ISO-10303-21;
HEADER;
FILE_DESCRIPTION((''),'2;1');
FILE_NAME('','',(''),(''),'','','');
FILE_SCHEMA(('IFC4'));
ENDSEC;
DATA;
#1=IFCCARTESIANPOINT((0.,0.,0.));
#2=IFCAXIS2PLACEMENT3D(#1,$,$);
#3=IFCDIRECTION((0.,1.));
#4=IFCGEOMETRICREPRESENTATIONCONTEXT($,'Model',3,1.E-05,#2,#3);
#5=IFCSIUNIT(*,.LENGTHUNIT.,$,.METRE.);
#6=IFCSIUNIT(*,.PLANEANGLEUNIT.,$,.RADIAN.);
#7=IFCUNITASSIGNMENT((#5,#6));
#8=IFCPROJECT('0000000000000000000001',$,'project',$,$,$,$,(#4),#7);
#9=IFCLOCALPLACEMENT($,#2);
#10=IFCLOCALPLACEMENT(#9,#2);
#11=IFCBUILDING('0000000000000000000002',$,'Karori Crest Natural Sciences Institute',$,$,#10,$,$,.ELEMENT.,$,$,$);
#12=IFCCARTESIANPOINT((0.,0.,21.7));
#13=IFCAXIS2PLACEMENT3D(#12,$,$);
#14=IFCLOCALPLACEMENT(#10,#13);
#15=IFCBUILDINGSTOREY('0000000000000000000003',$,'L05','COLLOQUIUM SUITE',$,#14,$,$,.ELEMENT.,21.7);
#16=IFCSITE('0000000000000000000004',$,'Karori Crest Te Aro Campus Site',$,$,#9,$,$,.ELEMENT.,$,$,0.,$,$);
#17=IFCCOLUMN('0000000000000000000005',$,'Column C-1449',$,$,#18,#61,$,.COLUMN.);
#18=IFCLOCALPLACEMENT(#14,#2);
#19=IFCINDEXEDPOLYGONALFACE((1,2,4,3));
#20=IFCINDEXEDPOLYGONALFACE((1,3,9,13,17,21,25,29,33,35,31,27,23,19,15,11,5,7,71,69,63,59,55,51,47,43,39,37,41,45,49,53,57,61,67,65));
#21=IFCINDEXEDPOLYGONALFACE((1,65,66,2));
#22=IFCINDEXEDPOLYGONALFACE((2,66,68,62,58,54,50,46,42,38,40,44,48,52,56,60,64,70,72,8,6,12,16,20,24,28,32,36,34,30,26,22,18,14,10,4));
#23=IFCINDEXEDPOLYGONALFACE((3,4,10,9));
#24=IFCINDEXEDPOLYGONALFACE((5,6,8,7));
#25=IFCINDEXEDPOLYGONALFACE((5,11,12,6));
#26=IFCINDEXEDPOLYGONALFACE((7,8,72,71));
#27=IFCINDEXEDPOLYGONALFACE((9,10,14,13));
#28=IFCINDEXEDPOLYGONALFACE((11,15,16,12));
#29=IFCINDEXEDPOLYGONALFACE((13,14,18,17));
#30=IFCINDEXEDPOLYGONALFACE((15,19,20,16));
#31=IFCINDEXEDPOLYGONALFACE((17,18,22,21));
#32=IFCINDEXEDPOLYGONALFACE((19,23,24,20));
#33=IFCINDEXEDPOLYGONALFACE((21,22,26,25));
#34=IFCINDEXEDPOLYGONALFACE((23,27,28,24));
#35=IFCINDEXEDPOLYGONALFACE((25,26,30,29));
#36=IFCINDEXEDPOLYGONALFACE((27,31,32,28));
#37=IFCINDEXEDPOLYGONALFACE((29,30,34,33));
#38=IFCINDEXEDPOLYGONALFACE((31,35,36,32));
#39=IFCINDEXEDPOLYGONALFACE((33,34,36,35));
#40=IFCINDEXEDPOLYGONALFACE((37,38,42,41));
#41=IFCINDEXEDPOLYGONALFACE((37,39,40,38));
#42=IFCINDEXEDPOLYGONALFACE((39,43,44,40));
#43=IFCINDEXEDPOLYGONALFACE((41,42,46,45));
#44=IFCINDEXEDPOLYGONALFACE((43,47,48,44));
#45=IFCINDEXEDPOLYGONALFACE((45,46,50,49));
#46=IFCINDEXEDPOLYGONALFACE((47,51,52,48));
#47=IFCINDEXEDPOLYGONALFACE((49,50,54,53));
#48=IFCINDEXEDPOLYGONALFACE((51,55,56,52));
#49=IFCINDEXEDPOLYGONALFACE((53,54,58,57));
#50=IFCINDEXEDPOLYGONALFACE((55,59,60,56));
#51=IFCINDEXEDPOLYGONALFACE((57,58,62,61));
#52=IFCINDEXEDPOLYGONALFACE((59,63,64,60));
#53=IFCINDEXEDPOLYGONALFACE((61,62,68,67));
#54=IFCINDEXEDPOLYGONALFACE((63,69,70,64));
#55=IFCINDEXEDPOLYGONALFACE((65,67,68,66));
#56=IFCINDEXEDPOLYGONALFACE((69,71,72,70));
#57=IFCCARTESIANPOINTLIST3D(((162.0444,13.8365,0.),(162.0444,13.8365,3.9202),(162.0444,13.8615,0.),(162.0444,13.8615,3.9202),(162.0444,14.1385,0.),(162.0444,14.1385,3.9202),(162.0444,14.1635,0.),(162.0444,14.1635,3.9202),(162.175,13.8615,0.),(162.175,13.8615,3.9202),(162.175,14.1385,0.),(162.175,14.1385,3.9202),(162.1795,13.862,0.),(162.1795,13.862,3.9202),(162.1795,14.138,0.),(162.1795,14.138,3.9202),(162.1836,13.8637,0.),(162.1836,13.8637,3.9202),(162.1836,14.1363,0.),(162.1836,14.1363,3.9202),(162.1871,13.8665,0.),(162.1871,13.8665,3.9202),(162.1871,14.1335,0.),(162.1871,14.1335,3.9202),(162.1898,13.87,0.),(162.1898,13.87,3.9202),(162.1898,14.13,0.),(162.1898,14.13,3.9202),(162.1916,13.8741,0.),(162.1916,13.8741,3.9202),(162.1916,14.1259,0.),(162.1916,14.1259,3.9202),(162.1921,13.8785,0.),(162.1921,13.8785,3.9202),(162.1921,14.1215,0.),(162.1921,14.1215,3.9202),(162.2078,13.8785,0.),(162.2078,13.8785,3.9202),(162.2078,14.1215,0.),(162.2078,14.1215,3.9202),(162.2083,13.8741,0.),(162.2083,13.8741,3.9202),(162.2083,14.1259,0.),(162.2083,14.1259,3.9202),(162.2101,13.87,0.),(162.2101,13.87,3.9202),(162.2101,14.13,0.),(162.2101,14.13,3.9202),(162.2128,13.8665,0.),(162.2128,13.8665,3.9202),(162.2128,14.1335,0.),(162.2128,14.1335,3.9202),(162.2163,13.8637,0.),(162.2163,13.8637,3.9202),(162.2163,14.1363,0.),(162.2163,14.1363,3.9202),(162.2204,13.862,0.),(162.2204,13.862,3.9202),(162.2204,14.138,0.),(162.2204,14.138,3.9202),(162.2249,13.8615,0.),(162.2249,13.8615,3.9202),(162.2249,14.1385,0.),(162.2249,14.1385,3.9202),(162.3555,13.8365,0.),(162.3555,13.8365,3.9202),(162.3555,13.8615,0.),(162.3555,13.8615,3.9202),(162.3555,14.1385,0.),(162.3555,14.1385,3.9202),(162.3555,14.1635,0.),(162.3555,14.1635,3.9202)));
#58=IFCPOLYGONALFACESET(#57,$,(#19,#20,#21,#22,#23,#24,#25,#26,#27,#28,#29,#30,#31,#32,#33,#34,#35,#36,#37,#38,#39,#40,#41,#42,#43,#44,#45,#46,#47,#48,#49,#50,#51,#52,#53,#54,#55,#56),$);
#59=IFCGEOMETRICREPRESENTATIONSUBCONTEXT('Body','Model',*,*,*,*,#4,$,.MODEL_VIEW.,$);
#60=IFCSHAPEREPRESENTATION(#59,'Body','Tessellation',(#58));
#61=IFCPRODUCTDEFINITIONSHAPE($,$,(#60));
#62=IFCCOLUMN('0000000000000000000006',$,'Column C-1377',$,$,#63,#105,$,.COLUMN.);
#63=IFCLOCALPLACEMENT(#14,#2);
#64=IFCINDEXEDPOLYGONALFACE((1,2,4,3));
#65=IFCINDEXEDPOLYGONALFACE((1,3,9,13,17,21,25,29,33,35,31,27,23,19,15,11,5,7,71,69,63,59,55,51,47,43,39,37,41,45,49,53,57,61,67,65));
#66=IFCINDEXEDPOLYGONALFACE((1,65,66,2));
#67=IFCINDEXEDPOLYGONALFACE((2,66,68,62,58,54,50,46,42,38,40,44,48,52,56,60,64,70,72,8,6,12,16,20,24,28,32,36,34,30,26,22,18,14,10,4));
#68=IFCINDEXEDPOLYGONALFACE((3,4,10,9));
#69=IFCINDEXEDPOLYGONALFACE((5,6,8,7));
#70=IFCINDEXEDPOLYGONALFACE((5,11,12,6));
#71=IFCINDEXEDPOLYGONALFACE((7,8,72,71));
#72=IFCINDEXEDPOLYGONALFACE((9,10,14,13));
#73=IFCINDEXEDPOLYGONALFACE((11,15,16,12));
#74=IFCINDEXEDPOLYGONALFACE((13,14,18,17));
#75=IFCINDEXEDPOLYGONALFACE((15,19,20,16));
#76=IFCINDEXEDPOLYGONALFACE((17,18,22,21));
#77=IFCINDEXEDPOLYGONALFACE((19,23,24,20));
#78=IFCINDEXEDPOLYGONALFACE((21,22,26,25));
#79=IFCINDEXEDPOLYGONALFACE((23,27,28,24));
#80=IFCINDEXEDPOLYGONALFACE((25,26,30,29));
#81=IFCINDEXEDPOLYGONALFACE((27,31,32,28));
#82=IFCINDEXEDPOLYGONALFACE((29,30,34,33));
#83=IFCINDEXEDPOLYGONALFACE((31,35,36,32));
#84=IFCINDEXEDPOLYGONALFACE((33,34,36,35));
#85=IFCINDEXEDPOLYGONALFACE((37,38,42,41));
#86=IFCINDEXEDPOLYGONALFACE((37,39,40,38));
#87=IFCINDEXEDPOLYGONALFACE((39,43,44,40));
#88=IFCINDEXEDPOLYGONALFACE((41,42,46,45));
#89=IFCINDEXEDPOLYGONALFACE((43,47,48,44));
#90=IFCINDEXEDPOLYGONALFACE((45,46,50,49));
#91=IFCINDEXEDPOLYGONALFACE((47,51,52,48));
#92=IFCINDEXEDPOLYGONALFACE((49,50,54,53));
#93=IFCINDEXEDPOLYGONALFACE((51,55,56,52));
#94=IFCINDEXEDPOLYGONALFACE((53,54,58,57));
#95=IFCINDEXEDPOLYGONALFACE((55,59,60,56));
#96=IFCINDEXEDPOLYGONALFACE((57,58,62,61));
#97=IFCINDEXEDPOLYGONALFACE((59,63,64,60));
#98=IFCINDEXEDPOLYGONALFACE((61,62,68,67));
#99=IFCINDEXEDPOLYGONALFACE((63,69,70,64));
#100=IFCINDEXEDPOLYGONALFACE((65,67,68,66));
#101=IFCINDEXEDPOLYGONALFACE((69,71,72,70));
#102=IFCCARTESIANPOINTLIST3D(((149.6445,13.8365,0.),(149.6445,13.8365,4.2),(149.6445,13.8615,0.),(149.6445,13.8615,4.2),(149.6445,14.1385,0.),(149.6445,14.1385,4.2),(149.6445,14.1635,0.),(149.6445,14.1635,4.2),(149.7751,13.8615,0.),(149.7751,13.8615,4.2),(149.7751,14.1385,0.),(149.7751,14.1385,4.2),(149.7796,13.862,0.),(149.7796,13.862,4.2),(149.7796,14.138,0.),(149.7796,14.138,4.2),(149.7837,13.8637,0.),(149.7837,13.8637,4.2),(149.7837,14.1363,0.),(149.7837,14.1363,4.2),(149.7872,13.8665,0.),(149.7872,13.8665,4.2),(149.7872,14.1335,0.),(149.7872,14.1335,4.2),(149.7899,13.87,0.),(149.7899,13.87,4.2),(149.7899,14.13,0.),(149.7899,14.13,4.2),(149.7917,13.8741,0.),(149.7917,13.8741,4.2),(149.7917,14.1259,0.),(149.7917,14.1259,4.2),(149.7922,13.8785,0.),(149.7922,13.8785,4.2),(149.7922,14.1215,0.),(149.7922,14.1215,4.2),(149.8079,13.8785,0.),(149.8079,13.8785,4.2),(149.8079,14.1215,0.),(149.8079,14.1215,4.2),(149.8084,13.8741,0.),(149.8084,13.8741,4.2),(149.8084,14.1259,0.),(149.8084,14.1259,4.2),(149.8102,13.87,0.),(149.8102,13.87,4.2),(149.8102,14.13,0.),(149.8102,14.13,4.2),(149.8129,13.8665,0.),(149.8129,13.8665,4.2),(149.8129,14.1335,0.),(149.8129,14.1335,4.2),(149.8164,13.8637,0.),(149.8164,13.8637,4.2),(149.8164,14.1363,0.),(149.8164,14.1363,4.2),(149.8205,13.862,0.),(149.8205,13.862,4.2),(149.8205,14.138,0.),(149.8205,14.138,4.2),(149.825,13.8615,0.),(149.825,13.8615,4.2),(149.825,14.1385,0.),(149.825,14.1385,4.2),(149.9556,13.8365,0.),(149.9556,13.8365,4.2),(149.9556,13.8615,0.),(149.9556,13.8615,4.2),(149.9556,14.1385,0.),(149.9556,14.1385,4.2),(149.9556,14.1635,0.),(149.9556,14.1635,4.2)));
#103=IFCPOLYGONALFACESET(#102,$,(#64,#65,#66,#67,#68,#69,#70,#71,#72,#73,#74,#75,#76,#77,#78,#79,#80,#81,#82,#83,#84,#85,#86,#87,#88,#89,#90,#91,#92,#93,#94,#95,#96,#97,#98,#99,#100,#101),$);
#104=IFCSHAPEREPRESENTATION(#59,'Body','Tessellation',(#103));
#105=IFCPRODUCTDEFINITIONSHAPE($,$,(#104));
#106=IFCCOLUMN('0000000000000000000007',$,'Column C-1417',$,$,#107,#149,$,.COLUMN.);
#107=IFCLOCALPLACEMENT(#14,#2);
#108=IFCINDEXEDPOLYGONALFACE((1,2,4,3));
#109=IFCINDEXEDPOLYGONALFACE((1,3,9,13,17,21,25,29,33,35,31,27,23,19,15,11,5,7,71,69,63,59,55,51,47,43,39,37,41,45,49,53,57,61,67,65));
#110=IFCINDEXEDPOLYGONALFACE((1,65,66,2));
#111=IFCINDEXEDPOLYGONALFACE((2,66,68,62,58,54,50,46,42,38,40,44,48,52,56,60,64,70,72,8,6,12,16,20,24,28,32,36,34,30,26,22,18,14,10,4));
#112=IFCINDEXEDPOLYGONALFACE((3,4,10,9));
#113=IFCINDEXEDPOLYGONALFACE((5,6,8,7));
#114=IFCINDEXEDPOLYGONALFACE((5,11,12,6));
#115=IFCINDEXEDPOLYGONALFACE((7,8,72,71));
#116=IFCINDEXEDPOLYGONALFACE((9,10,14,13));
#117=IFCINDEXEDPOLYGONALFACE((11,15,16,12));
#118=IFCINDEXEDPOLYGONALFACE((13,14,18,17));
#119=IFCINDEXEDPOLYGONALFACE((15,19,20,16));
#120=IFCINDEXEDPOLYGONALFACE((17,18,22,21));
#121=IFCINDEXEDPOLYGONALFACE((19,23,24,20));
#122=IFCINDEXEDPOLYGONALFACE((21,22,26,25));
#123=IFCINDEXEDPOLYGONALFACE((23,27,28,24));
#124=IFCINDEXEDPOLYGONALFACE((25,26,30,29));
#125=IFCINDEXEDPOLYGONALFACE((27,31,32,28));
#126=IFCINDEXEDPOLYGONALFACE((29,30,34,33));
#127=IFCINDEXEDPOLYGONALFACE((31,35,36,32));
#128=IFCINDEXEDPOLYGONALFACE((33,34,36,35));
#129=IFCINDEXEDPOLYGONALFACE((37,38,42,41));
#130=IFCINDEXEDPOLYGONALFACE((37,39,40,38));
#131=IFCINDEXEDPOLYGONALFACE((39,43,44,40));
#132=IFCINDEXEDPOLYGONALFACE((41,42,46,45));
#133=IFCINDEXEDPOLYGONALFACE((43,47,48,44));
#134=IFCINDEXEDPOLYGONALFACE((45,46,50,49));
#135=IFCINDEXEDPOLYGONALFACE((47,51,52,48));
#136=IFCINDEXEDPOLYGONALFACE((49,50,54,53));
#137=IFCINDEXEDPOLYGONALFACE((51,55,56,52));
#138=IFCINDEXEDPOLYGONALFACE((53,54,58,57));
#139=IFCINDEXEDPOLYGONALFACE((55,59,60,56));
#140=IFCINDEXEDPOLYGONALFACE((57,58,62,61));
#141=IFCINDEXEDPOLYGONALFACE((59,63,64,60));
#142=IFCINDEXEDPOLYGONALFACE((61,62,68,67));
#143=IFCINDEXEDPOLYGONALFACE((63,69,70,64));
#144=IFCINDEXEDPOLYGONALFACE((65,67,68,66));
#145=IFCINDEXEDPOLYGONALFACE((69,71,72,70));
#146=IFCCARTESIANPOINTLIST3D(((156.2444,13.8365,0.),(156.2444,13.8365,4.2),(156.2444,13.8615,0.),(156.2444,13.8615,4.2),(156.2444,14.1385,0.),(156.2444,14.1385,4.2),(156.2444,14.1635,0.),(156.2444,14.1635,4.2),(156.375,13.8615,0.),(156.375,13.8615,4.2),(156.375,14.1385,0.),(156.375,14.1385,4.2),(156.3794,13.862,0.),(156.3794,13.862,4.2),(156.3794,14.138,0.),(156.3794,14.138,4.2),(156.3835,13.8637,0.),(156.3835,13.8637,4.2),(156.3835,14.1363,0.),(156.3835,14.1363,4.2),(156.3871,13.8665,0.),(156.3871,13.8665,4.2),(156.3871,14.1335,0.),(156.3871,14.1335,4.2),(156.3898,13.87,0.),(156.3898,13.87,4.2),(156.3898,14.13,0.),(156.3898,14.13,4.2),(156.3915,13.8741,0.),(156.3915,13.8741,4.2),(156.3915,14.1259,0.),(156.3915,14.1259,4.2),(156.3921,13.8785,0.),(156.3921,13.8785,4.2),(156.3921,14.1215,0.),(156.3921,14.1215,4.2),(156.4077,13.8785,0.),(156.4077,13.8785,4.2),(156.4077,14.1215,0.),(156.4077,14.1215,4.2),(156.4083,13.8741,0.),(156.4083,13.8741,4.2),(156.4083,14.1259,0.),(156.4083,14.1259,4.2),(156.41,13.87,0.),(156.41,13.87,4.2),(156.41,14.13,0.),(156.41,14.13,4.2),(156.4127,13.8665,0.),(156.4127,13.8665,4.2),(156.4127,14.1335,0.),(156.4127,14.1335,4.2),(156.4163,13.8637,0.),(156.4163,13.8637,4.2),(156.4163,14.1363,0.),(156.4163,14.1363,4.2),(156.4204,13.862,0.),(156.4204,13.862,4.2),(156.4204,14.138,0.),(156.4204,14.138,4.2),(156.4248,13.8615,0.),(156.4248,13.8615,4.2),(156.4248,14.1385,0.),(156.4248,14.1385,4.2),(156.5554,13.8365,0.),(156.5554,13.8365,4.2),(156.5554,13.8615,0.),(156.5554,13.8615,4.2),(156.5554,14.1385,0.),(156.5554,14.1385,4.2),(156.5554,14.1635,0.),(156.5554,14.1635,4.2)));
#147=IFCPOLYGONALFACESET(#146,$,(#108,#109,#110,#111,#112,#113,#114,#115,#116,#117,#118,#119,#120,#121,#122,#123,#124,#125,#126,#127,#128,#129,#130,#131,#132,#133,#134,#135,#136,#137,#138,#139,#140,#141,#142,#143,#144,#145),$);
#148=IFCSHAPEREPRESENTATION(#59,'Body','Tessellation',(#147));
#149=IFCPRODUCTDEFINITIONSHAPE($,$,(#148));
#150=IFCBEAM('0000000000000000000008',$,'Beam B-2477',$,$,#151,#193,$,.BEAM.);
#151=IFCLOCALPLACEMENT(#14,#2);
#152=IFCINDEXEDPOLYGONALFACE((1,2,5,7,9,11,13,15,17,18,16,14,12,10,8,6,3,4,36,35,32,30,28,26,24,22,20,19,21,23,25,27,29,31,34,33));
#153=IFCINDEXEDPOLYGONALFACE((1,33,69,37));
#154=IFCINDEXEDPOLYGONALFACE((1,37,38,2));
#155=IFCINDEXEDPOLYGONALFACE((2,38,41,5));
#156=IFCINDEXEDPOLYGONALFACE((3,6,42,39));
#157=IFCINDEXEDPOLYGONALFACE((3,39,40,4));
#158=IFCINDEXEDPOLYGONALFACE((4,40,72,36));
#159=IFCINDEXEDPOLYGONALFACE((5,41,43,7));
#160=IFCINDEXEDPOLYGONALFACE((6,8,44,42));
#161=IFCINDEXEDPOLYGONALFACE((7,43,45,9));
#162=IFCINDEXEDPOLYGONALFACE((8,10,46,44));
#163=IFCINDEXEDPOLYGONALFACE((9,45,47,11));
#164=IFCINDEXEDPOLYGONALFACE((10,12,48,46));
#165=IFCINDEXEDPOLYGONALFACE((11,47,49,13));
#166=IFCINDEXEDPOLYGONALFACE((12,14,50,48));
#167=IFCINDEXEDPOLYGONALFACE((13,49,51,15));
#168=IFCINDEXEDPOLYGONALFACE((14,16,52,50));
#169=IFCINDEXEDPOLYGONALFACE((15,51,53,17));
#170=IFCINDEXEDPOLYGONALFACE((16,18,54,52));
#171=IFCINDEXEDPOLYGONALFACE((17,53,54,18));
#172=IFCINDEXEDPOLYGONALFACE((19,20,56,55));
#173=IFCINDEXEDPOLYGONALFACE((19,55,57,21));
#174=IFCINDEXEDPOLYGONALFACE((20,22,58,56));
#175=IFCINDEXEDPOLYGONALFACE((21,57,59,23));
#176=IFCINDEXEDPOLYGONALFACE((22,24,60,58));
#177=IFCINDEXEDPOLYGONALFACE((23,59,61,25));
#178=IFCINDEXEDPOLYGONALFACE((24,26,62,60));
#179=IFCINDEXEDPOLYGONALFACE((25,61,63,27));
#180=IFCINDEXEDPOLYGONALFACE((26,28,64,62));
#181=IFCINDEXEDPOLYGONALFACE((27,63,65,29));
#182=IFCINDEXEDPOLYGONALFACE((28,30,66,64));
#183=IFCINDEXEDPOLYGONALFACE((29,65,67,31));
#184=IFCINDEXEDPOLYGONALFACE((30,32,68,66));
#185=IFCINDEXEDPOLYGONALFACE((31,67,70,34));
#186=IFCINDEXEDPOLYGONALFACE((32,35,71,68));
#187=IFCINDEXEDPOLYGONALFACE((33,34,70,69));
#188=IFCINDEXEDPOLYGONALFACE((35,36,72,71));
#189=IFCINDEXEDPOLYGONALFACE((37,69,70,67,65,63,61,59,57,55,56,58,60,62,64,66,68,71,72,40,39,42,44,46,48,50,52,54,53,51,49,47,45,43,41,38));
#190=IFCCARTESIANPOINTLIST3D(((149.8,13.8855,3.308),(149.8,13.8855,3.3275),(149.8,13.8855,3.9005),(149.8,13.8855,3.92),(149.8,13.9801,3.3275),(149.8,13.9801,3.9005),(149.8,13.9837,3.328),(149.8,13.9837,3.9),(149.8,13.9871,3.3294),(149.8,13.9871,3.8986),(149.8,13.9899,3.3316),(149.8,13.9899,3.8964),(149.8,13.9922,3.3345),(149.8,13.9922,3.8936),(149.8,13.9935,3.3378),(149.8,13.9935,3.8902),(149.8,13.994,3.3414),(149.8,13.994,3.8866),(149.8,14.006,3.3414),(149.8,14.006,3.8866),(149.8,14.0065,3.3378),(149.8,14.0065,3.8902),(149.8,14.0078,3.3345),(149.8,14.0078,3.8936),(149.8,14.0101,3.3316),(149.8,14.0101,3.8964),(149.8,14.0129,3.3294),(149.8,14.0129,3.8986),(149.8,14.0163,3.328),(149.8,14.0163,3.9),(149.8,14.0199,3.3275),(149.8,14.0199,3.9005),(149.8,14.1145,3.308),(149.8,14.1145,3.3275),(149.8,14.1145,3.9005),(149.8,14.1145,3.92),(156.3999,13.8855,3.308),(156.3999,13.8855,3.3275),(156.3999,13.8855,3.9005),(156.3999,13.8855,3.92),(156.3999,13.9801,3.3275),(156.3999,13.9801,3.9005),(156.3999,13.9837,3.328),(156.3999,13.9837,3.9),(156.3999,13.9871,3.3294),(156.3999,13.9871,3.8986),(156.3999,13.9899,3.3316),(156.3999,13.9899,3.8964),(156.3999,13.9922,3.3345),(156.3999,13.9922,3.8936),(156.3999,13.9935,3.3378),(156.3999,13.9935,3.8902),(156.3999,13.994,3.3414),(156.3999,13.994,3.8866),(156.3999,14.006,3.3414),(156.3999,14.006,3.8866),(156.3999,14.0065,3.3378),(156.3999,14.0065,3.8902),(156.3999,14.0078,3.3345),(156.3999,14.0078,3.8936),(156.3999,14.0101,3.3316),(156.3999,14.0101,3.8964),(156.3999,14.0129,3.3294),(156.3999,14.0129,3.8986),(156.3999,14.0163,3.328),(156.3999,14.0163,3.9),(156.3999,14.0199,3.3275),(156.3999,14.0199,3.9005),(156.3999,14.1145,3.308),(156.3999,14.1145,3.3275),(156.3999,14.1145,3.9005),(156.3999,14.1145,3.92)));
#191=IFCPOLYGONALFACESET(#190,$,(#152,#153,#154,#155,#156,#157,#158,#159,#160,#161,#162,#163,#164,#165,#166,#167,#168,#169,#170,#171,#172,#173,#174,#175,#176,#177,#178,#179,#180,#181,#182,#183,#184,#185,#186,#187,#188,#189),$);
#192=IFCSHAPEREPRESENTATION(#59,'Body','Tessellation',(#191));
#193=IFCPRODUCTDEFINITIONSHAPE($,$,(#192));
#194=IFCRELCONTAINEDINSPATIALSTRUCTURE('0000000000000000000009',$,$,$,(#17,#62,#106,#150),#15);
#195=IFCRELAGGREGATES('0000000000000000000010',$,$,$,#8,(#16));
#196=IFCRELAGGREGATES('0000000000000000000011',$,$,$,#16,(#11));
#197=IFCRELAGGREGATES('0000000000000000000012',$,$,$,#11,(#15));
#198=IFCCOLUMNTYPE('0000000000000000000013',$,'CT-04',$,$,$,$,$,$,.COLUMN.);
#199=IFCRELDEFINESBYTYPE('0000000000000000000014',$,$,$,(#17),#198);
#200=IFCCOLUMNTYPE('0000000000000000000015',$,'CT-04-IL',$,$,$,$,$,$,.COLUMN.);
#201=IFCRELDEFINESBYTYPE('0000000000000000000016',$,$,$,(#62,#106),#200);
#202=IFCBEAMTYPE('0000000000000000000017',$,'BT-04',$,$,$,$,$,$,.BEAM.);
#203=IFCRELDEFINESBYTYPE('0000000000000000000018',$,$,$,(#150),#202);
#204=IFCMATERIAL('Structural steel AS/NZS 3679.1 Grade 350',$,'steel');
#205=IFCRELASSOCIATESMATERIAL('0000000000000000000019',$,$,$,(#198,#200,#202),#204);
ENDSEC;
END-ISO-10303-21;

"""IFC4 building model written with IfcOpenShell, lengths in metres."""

from ifc_helpers import new_model, si_unit, direction, frame, origin, origin_2d, place, context, subcontext, project, spatial, i_section, extrude, material, material_profile, profile_set, type_object, element, save


model = new_model("IFC4")

# Units and contexts
model_context = context("Model", 3, precision=1e-05, world=origin(), true_north=direction((0.0, 1.0)))
body_context = subcontext(model_context, "Body", "Model", "MODEL_VIEW")
ifc_project = project(units=[si_unit("LENGTHUNIT", "METRE"), si_unit("PLANEANGLEUNIT", "RADIAN")], contexts=[model_context])

# Site, building, storey
site_placement = place(None, origin())
site = spatial("IfcSite", under=ifc_project, at=site_placement, Name="Karori Crest Te Aro Campus Site", CompositionType="ELEMENT", RefElevation=0.0)
building_placement = place(site_placement, origin())
building = spatial("IfcBuilding", under=site, at=building_placement, Name="Karori Crest Natural Sciences Institute", CompositionType="ELEMENT")
storey_placement = place(building_placement, frame((0.0, 0.0, 21.7)))
storey = spatial("IfcBuildingStorey", under=building, at=storey_placement, Name="L05", Description="COLLOQUIUM SUITE", CompositionType="ELEMENT", Elevation=21.7)

# Columns
ifc_material_1 = material(Name="Structural steel AS/NZS 3679.1 Grade 350", Category="steel")
ifc_material_profile_1 = material_profile(ifc_material_1, i_section(OverallWidth=0.311, OverallDepth=0.3269, WebThickness=0.0156, FlangeThickness=0.0249, FilletRadius=0.0171, at=origin_2d()), Name="310UC158")
ifc_profile_set_1 = profile_set([ifc_material_profile_1], Name="Structural steel AS/NZS 3679.1 Grade 350")
column_type_1 = type_object("IfcColumnType", Name="CT-04", PredefinedType="COLUMN", material=ifc_profile_set_1)
column_placement = place(storey_placement, frame((162.2, 14.0, 0.0), z_axis=(0.0, 0.0, 1.0), x_axis=(1.0, 0.0, 0.0)))
element("IfcColumn", 1, at=column_placement, inside=storey, type_object=column_type_1, Name="Column C-1449", PredefinedType="COLUMN", context=body_context, shape_type="SweptSolid", body=[
    extrude(i_section(OverallWidth=0.311, OverallDepth=0.3269, WebThickness=0.0156, FlangeThickness=0.0249, FilletRadius=0.0171, at=origin_2d()), origin(), (0.0, 0.0, 1.0), 3.9202),
])
ifc_material_profile_2 = material_profile(ifc_material_1, i_section(OverallWidth=0.311, OverallDepth=0.3269, WebThickness=0.0156, FlangeThickness=0.0249, FilletRadius=0.0171, at=origin_2d()), Name="310UC158")
ifc_profile_set_2 = profile_set([ifc_material_profile_2], Name="Structural steel AS/NZS 3679.1 Grade 350")
column_type_2 = type_object("IfcColumnType", Name="CT-04-IL", PredefinedType="COLUMN", material=ifc_profile_set_2)
for number, where, z_axis, x_axis, name in (
    (2, (149.8, 14.0, 0.0), (0.0, 0.0, 1.0), (1.0, 0.0, 0.0), "Column C-1377"),
    (3, (156.3999, 14.0, 0.0), (0.0, 0.0, 1.0), (1.0, 0.0, 0.0), "Column C-1417"),
):
    element("IfcColumn", number, at=place(storey_placement, frame(where, z_axis=z_axis, x_axis=x_axis)), inside=storey, type_object=column_type_2, Name=name, PredefinedType="COLUMN", context=body_context, shape_type="SweptSolid", body=[
        extrude(i_section(OverallWidth=0.311, OverallDepth=0.3269, WebThickness=0.0156, FlangeThickness=0.0249, FilletRadius=0.0171, at=origin_2d()), origin(), (0.0, 0.0, 1.0), 4.2),
    ])

# Beam
ifc_material_profile_3 = material_profile(ifc_material_1, i_section(OverallWidth=0.229, OverallDepth=0.6121, WebThickness=0.012, FlangeThickness=0.0195, FilletRadius=0.0139, at=origin_2d()), Name="610UB125")
ifc_profile_set_3 = profile_set([ifc_material_profile_3], Name="Structural steel AS/NZS 3679.1 Grade 350")
beam_type_1 = type_object("IfcBeamType", Name="BT-04", PredefinedType="BEAM", material=ifc_profile_set_3)
beam_1_placement = place(storey_placement, frame((149.8, 14.0, 3.614), z_axis=(1.0, 0.0, 0.0), x_axis=(0.0, 1.0, 0.0)))
element("IfcBeam", 4, at=beam_1_placement, inside=storey, type_object=beam_type_1, Name="Beam B-2477", PredefinedType="BEAM", context=body_context, shape_type="SweptSolid", body=[
    extrude(i_section(OverallWidth=0.229, OverallDepth=0.6121, WebThickness=0.012, FlangeThickness=0.0195, FilletRadius=0.0139, at=origin_2d()), origin(), (0.0, 0.0, 1.0), 6.5999),
])

save(model, "model.ifc")
